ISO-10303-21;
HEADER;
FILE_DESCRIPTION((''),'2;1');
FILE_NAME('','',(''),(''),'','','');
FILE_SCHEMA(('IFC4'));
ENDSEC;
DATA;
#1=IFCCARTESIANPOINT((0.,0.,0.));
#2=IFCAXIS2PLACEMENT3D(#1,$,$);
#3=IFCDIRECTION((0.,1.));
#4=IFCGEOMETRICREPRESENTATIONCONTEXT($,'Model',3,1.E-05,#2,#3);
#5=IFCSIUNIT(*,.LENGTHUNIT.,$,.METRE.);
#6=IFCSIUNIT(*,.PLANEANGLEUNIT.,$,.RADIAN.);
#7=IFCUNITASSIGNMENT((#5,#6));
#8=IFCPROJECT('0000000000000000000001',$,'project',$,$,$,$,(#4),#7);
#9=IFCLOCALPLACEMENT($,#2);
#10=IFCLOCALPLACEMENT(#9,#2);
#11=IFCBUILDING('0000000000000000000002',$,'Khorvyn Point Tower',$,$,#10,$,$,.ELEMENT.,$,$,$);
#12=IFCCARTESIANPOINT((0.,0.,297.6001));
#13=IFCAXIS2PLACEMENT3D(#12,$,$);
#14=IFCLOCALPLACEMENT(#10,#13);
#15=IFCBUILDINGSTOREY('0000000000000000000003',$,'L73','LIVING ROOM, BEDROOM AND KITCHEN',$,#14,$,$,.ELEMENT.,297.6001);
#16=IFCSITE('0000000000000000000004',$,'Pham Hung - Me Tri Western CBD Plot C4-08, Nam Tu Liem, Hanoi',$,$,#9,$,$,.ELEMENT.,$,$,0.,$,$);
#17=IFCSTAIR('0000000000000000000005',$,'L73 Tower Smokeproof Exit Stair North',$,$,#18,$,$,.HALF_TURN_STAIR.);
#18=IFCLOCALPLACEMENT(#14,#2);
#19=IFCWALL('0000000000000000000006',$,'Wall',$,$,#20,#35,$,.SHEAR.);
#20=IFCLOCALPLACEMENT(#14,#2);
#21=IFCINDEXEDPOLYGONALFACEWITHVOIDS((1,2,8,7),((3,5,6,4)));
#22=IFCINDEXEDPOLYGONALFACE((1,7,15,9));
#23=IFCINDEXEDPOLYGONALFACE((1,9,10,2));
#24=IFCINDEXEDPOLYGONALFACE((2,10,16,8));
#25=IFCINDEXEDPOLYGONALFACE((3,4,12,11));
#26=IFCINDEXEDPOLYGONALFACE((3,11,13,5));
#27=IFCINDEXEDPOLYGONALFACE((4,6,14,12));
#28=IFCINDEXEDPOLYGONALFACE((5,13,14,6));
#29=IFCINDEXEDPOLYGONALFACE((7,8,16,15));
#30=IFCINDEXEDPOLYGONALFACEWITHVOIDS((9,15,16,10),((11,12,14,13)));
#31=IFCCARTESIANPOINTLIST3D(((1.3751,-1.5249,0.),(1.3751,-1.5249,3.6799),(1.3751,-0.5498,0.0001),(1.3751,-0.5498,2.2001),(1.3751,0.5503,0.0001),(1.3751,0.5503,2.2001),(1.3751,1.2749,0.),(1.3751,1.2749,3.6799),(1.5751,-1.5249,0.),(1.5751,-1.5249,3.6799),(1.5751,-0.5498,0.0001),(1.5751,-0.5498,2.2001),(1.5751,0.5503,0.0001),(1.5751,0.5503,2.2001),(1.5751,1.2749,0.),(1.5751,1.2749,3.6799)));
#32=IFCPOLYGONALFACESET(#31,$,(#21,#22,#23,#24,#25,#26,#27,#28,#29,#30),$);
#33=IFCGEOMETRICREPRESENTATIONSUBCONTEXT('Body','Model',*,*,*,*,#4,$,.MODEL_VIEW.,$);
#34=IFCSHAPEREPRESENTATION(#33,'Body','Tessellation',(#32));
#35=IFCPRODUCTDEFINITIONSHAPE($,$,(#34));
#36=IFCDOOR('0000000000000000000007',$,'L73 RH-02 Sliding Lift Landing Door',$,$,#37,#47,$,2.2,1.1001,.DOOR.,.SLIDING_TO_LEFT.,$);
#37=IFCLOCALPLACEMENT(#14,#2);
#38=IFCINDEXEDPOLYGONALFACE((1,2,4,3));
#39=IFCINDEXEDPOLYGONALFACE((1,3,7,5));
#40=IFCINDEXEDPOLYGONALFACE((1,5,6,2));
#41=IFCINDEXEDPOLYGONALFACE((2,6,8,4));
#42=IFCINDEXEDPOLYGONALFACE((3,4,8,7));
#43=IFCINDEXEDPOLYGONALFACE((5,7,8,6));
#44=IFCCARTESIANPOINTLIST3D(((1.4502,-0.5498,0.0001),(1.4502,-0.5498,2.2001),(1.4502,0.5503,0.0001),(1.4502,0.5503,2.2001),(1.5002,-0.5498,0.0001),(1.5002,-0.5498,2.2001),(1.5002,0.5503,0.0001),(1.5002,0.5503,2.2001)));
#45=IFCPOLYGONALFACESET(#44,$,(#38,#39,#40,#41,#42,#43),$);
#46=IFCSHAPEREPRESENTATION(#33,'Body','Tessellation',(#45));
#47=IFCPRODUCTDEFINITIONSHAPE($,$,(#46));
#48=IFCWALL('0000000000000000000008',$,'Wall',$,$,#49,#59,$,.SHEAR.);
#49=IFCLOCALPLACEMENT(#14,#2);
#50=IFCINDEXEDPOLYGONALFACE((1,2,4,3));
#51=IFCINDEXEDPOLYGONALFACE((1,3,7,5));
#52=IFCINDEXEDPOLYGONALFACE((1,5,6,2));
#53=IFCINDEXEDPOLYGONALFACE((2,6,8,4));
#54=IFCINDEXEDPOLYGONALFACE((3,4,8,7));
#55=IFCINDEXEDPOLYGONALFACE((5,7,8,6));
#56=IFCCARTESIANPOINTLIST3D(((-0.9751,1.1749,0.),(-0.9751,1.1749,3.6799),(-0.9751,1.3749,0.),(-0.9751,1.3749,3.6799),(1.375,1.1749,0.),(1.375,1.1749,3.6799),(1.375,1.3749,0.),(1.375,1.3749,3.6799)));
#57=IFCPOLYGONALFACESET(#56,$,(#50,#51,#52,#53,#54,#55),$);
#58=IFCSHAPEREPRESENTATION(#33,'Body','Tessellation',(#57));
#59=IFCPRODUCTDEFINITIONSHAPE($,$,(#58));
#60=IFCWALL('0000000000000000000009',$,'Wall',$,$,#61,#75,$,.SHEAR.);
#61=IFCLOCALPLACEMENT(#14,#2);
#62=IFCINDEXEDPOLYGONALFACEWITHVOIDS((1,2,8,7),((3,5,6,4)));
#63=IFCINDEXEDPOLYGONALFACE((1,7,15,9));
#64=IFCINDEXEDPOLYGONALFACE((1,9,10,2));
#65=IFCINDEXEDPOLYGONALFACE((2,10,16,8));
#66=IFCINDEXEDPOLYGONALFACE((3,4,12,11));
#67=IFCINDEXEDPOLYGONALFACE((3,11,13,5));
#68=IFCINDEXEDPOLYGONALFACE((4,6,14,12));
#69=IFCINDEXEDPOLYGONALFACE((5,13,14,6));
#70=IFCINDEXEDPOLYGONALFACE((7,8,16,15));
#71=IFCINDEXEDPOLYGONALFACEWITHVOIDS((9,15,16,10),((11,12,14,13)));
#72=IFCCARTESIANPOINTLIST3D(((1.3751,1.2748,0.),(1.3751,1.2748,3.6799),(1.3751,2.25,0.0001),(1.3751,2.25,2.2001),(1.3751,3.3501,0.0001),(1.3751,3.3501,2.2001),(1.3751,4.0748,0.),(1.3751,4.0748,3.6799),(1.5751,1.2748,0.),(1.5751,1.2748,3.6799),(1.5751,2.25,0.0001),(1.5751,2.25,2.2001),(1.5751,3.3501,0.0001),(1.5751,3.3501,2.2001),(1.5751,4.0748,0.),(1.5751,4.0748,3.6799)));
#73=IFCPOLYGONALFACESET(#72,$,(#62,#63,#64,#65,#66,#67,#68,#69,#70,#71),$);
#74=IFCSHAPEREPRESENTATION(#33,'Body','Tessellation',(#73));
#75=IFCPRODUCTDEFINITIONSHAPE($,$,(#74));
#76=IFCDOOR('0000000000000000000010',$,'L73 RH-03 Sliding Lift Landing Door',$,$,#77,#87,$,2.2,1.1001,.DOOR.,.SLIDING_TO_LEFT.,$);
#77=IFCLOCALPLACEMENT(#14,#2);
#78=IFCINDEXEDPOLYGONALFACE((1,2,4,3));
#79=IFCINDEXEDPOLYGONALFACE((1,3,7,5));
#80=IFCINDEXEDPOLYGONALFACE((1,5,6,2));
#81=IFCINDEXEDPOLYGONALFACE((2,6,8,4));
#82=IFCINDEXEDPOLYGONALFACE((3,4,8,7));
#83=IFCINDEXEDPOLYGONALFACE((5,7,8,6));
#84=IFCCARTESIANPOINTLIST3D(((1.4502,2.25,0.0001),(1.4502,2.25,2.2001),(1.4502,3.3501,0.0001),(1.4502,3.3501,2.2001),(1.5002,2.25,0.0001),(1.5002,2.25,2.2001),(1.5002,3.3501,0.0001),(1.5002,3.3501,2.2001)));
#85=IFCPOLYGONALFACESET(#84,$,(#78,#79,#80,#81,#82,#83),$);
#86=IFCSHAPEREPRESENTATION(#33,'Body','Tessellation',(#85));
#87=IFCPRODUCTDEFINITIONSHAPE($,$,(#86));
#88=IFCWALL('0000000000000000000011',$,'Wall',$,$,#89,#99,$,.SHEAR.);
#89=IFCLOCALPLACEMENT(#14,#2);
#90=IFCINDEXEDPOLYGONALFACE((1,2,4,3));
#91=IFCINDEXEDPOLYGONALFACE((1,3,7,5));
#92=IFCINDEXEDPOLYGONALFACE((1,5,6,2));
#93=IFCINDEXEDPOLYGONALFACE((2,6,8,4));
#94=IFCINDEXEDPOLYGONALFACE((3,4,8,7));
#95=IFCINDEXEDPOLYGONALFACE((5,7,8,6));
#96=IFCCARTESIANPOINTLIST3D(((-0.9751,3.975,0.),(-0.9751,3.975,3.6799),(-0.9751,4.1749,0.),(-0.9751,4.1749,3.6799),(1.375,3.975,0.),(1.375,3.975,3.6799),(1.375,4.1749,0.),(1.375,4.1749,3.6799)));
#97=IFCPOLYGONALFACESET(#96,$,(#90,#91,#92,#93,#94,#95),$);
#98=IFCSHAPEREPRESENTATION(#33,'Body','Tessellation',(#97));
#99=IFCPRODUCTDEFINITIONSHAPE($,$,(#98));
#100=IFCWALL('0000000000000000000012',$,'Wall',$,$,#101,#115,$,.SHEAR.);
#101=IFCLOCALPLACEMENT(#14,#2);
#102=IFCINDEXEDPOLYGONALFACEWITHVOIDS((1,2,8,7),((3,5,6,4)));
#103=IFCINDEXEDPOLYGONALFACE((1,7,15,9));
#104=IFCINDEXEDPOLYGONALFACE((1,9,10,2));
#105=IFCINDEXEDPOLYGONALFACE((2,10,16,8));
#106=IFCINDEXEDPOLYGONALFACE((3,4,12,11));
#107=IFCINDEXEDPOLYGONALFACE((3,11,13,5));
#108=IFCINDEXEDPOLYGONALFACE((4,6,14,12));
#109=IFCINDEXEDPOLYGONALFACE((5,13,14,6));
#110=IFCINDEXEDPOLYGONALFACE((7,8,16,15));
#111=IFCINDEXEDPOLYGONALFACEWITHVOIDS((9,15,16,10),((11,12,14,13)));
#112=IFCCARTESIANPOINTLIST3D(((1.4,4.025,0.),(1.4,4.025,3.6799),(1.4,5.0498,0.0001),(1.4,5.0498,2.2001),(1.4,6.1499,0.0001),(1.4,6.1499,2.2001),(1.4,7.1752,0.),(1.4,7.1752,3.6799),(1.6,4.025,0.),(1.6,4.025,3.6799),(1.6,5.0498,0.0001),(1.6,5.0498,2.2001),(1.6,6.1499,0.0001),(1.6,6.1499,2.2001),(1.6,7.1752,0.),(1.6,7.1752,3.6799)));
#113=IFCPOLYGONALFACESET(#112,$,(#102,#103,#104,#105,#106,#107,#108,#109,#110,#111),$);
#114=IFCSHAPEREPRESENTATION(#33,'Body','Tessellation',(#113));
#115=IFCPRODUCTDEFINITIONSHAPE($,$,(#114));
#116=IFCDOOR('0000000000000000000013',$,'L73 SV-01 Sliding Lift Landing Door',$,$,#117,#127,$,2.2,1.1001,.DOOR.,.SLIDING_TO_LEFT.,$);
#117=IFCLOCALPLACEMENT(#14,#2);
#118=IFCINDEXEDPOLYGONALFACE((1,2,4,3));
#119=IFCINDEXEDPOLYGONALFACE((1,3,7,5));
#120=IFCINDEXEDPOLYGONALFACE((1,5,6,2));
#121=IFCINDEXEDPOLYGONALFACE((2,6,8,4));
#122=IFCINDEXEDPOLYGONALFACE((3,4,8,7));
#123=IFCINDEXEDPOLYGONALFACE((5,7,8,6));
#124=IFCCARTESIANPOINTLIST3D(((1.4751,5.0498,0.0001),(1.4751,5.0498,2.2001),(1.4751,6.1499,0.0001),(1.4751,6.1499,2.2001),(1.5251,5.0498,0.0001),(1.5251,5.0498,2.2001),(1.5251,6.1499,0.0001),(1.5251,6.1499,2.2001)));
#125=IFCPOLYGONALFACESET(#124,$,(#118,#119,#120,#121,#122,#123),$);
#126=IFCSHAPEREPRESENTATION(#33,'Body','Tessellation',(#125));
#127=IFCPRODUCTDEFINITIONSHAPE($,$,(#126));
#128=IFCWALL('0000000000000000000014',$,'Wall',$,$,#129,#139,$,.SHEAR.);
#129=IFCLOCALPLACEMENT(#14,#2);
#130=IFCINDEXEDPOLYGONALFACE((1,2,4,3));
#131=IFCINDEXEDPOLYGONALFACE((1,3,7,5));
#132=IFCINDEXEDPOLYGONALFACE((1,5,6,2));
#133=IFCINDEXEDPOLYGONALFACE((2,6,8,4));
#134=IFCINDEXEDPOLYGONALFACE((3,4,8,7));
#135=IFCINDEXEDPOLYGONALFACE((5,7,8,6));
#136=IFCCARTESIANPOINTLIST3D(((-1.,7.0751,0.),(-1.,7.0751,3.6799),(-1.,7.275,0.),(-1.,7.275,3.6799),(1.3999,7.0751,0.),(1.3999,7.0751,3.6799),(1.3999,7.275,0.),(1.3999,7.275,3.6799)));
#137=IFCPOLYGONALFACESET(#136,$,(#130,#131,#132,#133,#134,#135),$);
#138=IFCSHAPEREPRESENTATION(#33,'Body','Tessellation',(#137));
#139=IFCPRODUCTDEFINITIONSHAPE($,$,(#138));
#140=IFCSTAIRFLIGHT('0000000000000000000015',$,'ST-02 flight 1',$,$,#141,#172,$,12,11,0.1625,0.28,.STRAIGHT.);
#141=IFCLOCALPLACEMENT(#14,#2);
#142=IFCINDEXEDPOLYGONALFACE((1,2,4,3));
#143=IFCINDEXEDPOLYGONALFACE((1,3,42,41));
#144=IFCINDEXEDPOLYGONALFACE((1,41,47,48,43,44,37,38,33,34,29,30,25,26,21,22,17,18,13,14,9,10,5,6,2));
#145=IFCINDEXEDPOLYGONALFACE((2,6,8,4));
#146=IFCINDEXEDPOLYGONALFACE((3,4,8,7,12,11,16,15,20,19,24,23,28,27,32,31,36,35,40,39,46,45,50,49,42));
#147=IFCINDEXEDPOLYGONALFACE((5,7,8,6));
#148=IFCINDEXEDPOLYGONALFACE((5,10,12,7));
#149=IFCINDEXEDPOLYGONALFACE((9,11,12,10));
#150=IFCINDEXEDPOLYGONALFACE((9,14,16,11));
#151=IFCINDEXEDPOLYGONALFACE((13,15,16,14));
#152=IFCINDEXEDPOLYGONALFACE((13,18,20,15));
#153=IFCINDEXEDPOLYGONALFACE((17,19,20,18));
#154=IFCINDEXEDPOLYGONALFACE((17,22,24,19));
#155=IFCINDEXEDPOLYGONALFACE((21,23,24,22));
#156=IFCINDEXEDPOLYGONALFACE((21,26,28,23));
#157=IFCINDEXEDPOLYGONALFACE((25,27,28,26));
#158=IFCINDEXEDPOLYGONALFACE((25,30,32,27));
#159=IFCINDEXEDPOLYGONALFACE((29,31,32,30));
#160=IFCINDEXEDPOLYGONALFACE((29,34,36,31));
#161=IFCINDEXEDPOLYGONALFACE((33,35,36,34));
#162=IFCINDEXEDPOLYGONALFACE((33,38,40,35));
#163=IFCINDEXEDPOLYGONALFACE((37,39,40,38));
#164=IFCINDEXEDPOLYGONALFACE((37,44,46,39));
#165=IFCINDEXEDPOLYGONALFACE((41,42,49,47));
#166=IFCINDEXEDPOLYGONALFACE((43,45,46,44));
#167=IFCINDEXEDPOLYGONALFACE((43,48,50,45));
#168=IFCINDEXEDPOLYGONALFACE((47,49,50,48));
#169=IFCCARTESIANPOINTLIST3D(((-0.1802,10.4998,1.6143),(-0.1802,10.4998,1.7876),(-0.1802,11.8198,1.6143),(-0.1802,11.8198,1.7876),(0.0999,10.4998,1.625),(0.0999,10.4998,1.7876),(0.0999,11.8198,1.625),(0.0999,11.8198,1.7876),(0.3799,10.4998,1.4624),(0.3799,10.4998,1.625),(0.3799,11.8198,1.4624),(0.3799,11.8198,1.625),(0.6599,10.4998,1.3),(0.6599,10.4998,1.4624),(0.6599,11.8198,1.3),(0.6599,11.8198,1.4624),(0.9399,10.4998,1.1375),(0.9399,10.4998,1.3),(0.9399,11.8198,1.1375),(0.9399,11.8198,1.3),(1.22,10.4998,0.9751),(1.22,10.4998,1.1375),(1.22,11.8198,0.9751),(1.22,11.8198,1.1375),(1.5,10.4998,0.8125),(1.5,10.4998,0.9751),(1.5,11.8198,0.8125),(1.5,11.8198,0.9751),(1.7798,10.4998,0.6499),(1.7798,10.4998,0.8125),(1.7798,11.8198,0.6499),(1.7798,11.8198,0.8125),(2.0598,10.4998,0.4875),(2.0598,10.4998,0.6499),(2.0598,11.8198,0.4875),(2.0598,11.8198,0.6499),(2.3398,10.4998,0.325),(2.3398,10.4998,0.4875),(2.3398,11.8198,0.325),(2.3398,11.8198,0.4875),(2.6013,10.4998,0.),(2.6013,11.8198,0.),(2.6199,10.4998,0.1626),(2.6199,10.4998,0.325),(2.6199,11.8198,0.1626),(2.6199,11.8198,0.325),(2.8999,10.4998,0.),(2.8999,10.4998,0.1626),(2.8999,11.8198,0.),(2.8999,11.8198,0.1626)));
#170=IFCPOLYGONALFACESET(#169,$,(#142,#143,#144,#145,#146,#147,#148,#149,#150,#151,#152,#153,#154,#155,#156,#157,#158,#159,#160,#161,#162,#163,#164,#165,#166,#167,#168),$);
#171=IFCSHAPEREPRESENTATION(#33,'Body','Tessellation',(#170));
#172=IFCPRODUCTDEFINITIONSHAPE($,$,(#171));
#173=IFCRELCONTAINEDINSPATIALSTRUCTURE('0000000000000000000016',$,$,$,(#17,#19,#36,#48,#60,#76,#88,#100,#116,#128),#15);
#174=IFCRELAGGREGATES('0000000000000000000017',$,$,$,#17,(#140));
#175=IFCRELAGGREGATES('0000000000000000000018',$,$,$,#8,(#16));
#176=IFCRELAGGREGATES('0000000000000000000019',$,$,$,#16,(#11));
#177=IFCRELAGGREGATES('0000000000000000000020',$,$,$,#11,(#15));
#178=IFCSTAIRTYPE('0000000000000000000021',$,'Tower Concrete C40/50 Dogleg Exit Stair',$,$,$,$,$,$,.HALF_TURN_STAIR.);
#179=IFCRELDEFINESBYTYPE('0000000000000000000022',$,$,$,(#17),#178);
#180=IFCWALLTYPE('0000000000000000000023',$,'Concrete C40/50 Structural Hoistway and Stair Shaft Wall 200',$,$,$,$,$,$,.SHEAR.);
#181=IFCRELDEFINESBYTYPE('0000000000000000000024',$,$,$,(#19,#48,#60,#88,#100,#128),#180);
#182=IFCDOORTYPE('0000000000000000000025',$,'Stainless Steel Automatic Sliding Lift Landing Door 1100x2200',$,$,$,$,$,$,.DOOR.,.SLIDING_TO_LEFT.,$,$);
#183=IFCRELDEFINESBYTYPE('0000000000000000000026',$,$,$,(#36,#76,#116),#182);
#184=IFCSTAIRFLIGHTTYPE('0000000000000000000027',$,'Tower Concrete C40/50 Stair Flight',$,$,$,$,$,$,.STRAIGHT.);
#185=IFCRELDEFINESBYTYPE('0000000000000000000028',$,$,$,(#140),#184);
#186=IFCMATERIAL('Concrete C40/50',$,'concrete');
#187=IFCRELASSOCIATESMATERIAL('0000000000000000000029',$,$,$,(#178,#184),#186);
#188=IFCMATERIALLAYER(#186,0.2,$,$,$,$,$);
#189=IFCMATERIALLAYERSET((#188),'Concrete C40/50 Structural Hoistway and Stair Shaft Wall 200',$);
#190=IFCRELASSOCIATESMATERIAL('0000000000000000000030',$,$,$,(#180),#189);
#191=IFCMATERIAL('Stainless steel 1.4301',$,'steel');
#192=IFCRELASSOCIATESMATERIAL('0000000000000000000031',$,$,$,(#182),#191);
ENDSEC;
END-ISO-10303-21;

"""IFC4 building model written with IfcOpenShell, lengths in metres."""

from ifc_helpers import new_model, si_unit, direction, frame, frame_2d, origin, place, context, subcontext, project, spatial, polyline, rectangle, outline, extrude, material, layer, layer_set, type_object, element, fill, aggregate, save


model = new_model("IFC4")

# Units and contexts
model_context = context("Model", 3, precision=1e-05, world=origin(), true_north=direction((0.0, 1.0)))
body_context = subcontext(model_context, "Body", "Model", "MODEL_VIEW")
ifc_project = project(units=[si_unit("LENGTHUNIT", "METRE"), si_unit("PLANEANGLEUNIT", "RADIAN")], contexts=[model_context])

# Site, building, storey
site_placement = place(None, origin())
site = spatial("IfcSite", under=ifc_project, at=site_placement, Name="Pham Hung - Me Tri Western CBD Plot C4-08, Nam Tu Liem, Hanoi", CompositionType="ELEMENT", RefElevation=0.0)
building_placement = place(site_placement, origin())
building = spatial("IfcBuilding", under=site, at=building_placement, Name="Khorvyn Point Tower", CompositionType="ELEMENT")
storey_placement = place(building_placement, frame((0.0, 0.0, 297.6001)))
storey = spatial("IfcBuildingStorey", under=building, at=storey_placement, Name="L73", Description="LIVING ROOM, BEDROOM AND KITCHEN", CompositionType="ELEMENT", Elevation=297.6001)

# Shared definitions
ifc_material_1 = material(Name="Concrete C40/50", Category="concrete")

# Stair
stair_type = type_object("IfcStairType", Name="Tower Concrete C40/50 Dogleg Exit Stair", PredefinedType="HALF_TURN_STAIR", material=ifc_material_1)
stair_1_placement = place(storey_placement, origin())
stair_1 = element("IfcStair", 1, at=stair_1_placement, inside=storey, type_object=stair_type, Name="L73 Tower Smokeproof Exit Stair North", PredefinedType="HALF_TURN_STAIR")

# Shared definitions
ifc_layer_1 = layer(ifc_material_1, 0.2)
ifc_layer_set_1 = layer_set([ifc_layer_1], Name="Concrete C40/50 Structural Hoistway and Stair Shaft Wall 200")
wall_type = type_object("IfcWallType", Name="Concrete C40/50 Structural Hoistway and Stair Shaft Wall 200", PredefinedType="SHEAR", material=ifc_layer_set_1)

# Wall, opening, door
wall_1_placement = place(storey_placement, frame((1.4751, -1.5249, 0.0), z_axis=(0.0, 0.0, 1.0), x_axis=(0.0, 1.0, 0.0)))
wall_1 = element("IfcWall", 2, at=wall_1_placement, inside=storey, type_object=wall_type, Name="Wall", PredefinedType="SHEAR", context=body_context, shape_type="SweptSolid", body=[
    extrude(rectangle(XDim=2.7998, YDim=0.2, at=frame_2d((1.3999, 0.0))), origin(), (0.0, 0.0, 1.0), 3.6799),
])
opening_1_placement = place(wall_1_placement, frame((0.9751, 0.0, 0.0)))
opening_1 = element("IfcOpeningElement", 3, at=opening_1_placement, cuts=wall_1, PredefinedType="OPENING", context=body_context, shape_type="SweptSolid", body=[
    extrude(rectangle(XDim=1.1001, YDim=2.2, at=frame_2d((0.55, 1.1001))), frame((0.0, 0.1099, 0.0), z_axis=(0.0, -1.0, 0.0), x_axis=(1.0, 0.0, 0.0)), (0.0, 0.0, 1.0), 0.22),
])
ifc_material_2 = material(Name="Stainless steel 1.4301", Category="steel")
door_type = type_object("IfcDoorType", Name="Stainless Steel Automatic Sliding Lift Landing Door 1100x2200", OperationType="SLIDING_TO_LEFT", PredefinedType="DOOR", material=ifc_material_2)
door_1_placement = place(opening_1_placement, origin())
door_1 = element("IfcDoor", 4, at=door_1_placement, inside=storey, type_object=door_type, Name="L73 RH-02 Sliding Lift Landing Door", OperationType="SLIDING_TO_LEFT", OverallHeight=2.2, OverallWidth=1.1001, PredefinedType="DOOR", context=body_context, shape_type="SweptSolid", body=[
    extrude(rectangle(XDim=1.1001, YDim=2.2, at=frame_2d((0.55, 1.1001))), frame((0.0, 0.0249, 0.0), z_axis=(0.0, -1.0, 0.0), x_axis=(1.0, 0.0, 0.0)), (0.0, 0.0, 1.0), 0.05),
])
fill(opening_1, door_1)

# Wall
wall_2_placement = place(storey_placement, frame((-0.9751, 1.2749, 0.0), z_axis=(0.0, 0.0, 1.0), x_axis=(1.0, 0.0, 0.0)))
element("IfcWall", 5, at=wall_2_placement, inside=storey, type_object=wall_type, Name="Wall", PredefinedType="SHEAR", context=body_context, shape_type="SweptSolid", body=[
    extrude(rectangle(XDim=2.3501, YDim=0.2, at=frame_2d((1.175, 0.0))), origin(), (0.0, 0.0, 1.0), 3.6799),
])

# Wall, opening, door
wall_3_placement = place(storey_placement, frame((1.4751, 1.2749, 0.0), z_axis=(0.0, 0.0, 1.0), x_axis=(0.0, 1.0, 0.0)))
wall_3 = element("IfcWall", 6, at=wall_3_placement, inside=storey, type_object=wall_type, Name="Wall", PredefinedType="SHEAR", context=body_context, shape_type="SweptSolid", body=[
    extrude(rectangle(XDim=2.8, YDim=0.2, at=frame_2d((1.3999, 0.0))), origin(), (0.0, 0.0, 1.0), 3.6799),
])
opening_2_placement = place(wall_3_placement, frame((0.9751, 0.0, 0.0)))
opening_2 = element("IfcOpeningElement", 7, at=opening_2_placement, cuts=wall_3, PredefinedType="OPENING", context=body_context, shape_type="SweptSolid", body=[
    extrude(rectangle(XDim=1.1001, YDim=2.2, at=frame_2d((0.55, 1.1001))), frame((0.0, 0.1099, 0.0), z_axis=(0.0, -1.0, 0.0), x_axis=(1.0, 0.0, 0.0)), (0.0, 0.0, 1.0), 0.22),
])
door_2_placement = place(opening_2_placement, origin())
door_2 = element("IfcDoor", 8, at=door_2_placement, inside=storey, type_object=door_type, Name="L73 RH-03 Sliding Lift Landing Door", OperationType="SLIDING_TO_LEFT", OverallHeight=2.2, OverallWidth=1.1001, PredefinedType="DOOR", context=body_context, shape_type="SweptSolid", body=[
    extrude(rectangle(XDim=1.1001, YDim=2.2, at=frame_2d((0.55, 1.1001))), frame((0.0, 0.0249, 0.0), z_axis=(0.0, -1.0, 0.0), x_axis=(1.0, 0.0, 0.0)), (0.0, 0.0, 1.0), 0.05),
])
fill(opening_2, door_2)

# Wall
wall_4_placement = place(storey_placement, frame((-0.9751, 4.075, 0.0), z_axis=(0.0, 0.0, 1.0), x_axis=(1.0, 0.0, 0.0)))
element("IfcWall", 9, at=wall_4_placement, inside=storey, type_object=wall_type, Name="Wall", PredefinedType="SHEAR", context=body_context, shape_type="SweptSolid", body=[
    extrude(rectangle(XDim=2.3501, YDim=0.2, at=frame_2d((1.175, 0.0))), origin(), (0.0, 0.0, 1.0), 3.6799),
])

# Wall, opening, door
wall_5_placement = place(storey_placement, frame((1.5, 4.0249, 0.0), z_axis=(0.0, 0.0, 1.0), x_axis=(0.0, 1.0, 0.0)))
wall_5 = element("IfcWall", 10, at=wall_5_placement, inside=storey, type_object=wall_type, Name="Wall", PredefinedType="SHEAR", context=body_context, shape_type="SweptSolid", body=[
    extrude(rectangle(XDim=3.1501, YDim=0.2, at=frame_2d((1.5752, 0.0))), origin(), (0.0, 0.0, 1.0), 3.6799),
])
opening_3_placement = place(wall_5_placement, frame((1.0249, 0.0, 0.0)))
opening_3 = element("IfcOpeningElement", 11, at=opening_3_placement, cuts=wall_5, PredefinedType="OPENING", context=body_context, shape_type="SweptSolid", body=[
    extrude(rectangle(XDim=1.1001, YDim=2.2, at=frame_2d((0.55, 1.1001))), frame((0.0, 0.1099, 0.0), z_axis=(0.0, -1.0, 0.0), x_axis=(1.0, 0.0, 0.0)), (0.0, 0.0, 1.0), 0.22),
])
door_3_placement = place(opening_3_placement, origin())
door_3 = element("IfcDoor", 12, at=door_3_placement, inside=storey, type_object=door_type, Name="L73 SV-01 Sliding Lift Landing Door", OperationType="SLIDING_TO_LEFT", OverallHeight=2.2, OverallWidth=1.1001, PredefinedType="DOOR", context=body_context, shape_type="SweptSolid", body=[
    extrude(rectangle(XDim=1.1001, YDim=2.2, at=frame_2d((0.55, 1.1001))), frame((0.0, 0.0249, 0.0), z_axis=(0.0, -1.0, 0.0), x_axis=(1.0, 0.0, 0.0)), (0.0, 0.0, 1.0), 0.05),
])
fill(opening_3, door_3)

# Wall
wall_6_placement = place(storey_placement, frame((-1.0, 7.175, 0.0), z_axis=(0.0, 0.0, 1.0), x_axis=(1.0, 0.0, 0.0)))
element("IfcWall", 13, at=wall_6_placement, inside=storey, type_object=wall_type, Name="Wall", PredefinedType="SHEAR", context=body_context, shape_type="SweptSolid", body=[
    extrude(rectangle(XDim=2.3999, YDim=0.2, at=frame_2d((1.2, 0.0))), origin(), (0.0, 0.0, 1.0), 3.6799),
])

# Stair flight
stair_flight_type = type_object("IfcStairFlightType", Name="Tower Concrete C40/50 Stair Flight", PredefinedType="STRAIGHT", material=ifc_material_1)
stair_flight_1_placement = place(storey_placement, frame((2.8999, 11.1599, 0.0), z_axis=(0.0, 0.0, 1.0), x_axis=(-1.0, 0.0, 0.0)))
stair_flight_1 = element("IfcStairFlight", 14, at=stair_flight_1_placement, type_object=stair_flight_type, Name="ST-02 flight 1", NumberOfRisers=12, NumberOfTreads=11, PredefinedType="STRAIGHT", RiserHeight=0.1625, TreadLength=0.28, context=body_context, shape_type="SweptSolid", body=[
    extrude(outline(polyline([(0.0, 0.0), (0.0, 0.1626), (0.28, 0.1626), (0.28, 0.325), (0.5601, 0.325), (0.5601, 0.4875), (0.8401, 0.4875), (0.8401, 0.6499), (1.1201, 0.6499), (1.1201, 0.8125), (1.3999, 0.8125), (1.3999, 0.9751), (1.6799, 0.9751), (1.6799, 1.1375), (1.96, 1.1375), (1.96, 1.3), (2.24, 1.3), (2.24, 1.4624), (2.52, 1.4624), (2.52, 1.625), (2.8, 1.625), (2.8, 1.7876), (3.0801, 1.7876), (3.0801, 1.95), (3.0801, 1.6143), (0.2986, 0.0), (0.0, 0.0)])), frame((0.0, 0.6602, 0.0), z_axis=(0.0, -1.0, 0.0), x_axis=(1.0, 0.0, 0.0)), (0.0, 0.0, 1.0), 1.3201),
])
aggregate(stair_1, [stair_flight_1])

save(model, "model.ifc")
